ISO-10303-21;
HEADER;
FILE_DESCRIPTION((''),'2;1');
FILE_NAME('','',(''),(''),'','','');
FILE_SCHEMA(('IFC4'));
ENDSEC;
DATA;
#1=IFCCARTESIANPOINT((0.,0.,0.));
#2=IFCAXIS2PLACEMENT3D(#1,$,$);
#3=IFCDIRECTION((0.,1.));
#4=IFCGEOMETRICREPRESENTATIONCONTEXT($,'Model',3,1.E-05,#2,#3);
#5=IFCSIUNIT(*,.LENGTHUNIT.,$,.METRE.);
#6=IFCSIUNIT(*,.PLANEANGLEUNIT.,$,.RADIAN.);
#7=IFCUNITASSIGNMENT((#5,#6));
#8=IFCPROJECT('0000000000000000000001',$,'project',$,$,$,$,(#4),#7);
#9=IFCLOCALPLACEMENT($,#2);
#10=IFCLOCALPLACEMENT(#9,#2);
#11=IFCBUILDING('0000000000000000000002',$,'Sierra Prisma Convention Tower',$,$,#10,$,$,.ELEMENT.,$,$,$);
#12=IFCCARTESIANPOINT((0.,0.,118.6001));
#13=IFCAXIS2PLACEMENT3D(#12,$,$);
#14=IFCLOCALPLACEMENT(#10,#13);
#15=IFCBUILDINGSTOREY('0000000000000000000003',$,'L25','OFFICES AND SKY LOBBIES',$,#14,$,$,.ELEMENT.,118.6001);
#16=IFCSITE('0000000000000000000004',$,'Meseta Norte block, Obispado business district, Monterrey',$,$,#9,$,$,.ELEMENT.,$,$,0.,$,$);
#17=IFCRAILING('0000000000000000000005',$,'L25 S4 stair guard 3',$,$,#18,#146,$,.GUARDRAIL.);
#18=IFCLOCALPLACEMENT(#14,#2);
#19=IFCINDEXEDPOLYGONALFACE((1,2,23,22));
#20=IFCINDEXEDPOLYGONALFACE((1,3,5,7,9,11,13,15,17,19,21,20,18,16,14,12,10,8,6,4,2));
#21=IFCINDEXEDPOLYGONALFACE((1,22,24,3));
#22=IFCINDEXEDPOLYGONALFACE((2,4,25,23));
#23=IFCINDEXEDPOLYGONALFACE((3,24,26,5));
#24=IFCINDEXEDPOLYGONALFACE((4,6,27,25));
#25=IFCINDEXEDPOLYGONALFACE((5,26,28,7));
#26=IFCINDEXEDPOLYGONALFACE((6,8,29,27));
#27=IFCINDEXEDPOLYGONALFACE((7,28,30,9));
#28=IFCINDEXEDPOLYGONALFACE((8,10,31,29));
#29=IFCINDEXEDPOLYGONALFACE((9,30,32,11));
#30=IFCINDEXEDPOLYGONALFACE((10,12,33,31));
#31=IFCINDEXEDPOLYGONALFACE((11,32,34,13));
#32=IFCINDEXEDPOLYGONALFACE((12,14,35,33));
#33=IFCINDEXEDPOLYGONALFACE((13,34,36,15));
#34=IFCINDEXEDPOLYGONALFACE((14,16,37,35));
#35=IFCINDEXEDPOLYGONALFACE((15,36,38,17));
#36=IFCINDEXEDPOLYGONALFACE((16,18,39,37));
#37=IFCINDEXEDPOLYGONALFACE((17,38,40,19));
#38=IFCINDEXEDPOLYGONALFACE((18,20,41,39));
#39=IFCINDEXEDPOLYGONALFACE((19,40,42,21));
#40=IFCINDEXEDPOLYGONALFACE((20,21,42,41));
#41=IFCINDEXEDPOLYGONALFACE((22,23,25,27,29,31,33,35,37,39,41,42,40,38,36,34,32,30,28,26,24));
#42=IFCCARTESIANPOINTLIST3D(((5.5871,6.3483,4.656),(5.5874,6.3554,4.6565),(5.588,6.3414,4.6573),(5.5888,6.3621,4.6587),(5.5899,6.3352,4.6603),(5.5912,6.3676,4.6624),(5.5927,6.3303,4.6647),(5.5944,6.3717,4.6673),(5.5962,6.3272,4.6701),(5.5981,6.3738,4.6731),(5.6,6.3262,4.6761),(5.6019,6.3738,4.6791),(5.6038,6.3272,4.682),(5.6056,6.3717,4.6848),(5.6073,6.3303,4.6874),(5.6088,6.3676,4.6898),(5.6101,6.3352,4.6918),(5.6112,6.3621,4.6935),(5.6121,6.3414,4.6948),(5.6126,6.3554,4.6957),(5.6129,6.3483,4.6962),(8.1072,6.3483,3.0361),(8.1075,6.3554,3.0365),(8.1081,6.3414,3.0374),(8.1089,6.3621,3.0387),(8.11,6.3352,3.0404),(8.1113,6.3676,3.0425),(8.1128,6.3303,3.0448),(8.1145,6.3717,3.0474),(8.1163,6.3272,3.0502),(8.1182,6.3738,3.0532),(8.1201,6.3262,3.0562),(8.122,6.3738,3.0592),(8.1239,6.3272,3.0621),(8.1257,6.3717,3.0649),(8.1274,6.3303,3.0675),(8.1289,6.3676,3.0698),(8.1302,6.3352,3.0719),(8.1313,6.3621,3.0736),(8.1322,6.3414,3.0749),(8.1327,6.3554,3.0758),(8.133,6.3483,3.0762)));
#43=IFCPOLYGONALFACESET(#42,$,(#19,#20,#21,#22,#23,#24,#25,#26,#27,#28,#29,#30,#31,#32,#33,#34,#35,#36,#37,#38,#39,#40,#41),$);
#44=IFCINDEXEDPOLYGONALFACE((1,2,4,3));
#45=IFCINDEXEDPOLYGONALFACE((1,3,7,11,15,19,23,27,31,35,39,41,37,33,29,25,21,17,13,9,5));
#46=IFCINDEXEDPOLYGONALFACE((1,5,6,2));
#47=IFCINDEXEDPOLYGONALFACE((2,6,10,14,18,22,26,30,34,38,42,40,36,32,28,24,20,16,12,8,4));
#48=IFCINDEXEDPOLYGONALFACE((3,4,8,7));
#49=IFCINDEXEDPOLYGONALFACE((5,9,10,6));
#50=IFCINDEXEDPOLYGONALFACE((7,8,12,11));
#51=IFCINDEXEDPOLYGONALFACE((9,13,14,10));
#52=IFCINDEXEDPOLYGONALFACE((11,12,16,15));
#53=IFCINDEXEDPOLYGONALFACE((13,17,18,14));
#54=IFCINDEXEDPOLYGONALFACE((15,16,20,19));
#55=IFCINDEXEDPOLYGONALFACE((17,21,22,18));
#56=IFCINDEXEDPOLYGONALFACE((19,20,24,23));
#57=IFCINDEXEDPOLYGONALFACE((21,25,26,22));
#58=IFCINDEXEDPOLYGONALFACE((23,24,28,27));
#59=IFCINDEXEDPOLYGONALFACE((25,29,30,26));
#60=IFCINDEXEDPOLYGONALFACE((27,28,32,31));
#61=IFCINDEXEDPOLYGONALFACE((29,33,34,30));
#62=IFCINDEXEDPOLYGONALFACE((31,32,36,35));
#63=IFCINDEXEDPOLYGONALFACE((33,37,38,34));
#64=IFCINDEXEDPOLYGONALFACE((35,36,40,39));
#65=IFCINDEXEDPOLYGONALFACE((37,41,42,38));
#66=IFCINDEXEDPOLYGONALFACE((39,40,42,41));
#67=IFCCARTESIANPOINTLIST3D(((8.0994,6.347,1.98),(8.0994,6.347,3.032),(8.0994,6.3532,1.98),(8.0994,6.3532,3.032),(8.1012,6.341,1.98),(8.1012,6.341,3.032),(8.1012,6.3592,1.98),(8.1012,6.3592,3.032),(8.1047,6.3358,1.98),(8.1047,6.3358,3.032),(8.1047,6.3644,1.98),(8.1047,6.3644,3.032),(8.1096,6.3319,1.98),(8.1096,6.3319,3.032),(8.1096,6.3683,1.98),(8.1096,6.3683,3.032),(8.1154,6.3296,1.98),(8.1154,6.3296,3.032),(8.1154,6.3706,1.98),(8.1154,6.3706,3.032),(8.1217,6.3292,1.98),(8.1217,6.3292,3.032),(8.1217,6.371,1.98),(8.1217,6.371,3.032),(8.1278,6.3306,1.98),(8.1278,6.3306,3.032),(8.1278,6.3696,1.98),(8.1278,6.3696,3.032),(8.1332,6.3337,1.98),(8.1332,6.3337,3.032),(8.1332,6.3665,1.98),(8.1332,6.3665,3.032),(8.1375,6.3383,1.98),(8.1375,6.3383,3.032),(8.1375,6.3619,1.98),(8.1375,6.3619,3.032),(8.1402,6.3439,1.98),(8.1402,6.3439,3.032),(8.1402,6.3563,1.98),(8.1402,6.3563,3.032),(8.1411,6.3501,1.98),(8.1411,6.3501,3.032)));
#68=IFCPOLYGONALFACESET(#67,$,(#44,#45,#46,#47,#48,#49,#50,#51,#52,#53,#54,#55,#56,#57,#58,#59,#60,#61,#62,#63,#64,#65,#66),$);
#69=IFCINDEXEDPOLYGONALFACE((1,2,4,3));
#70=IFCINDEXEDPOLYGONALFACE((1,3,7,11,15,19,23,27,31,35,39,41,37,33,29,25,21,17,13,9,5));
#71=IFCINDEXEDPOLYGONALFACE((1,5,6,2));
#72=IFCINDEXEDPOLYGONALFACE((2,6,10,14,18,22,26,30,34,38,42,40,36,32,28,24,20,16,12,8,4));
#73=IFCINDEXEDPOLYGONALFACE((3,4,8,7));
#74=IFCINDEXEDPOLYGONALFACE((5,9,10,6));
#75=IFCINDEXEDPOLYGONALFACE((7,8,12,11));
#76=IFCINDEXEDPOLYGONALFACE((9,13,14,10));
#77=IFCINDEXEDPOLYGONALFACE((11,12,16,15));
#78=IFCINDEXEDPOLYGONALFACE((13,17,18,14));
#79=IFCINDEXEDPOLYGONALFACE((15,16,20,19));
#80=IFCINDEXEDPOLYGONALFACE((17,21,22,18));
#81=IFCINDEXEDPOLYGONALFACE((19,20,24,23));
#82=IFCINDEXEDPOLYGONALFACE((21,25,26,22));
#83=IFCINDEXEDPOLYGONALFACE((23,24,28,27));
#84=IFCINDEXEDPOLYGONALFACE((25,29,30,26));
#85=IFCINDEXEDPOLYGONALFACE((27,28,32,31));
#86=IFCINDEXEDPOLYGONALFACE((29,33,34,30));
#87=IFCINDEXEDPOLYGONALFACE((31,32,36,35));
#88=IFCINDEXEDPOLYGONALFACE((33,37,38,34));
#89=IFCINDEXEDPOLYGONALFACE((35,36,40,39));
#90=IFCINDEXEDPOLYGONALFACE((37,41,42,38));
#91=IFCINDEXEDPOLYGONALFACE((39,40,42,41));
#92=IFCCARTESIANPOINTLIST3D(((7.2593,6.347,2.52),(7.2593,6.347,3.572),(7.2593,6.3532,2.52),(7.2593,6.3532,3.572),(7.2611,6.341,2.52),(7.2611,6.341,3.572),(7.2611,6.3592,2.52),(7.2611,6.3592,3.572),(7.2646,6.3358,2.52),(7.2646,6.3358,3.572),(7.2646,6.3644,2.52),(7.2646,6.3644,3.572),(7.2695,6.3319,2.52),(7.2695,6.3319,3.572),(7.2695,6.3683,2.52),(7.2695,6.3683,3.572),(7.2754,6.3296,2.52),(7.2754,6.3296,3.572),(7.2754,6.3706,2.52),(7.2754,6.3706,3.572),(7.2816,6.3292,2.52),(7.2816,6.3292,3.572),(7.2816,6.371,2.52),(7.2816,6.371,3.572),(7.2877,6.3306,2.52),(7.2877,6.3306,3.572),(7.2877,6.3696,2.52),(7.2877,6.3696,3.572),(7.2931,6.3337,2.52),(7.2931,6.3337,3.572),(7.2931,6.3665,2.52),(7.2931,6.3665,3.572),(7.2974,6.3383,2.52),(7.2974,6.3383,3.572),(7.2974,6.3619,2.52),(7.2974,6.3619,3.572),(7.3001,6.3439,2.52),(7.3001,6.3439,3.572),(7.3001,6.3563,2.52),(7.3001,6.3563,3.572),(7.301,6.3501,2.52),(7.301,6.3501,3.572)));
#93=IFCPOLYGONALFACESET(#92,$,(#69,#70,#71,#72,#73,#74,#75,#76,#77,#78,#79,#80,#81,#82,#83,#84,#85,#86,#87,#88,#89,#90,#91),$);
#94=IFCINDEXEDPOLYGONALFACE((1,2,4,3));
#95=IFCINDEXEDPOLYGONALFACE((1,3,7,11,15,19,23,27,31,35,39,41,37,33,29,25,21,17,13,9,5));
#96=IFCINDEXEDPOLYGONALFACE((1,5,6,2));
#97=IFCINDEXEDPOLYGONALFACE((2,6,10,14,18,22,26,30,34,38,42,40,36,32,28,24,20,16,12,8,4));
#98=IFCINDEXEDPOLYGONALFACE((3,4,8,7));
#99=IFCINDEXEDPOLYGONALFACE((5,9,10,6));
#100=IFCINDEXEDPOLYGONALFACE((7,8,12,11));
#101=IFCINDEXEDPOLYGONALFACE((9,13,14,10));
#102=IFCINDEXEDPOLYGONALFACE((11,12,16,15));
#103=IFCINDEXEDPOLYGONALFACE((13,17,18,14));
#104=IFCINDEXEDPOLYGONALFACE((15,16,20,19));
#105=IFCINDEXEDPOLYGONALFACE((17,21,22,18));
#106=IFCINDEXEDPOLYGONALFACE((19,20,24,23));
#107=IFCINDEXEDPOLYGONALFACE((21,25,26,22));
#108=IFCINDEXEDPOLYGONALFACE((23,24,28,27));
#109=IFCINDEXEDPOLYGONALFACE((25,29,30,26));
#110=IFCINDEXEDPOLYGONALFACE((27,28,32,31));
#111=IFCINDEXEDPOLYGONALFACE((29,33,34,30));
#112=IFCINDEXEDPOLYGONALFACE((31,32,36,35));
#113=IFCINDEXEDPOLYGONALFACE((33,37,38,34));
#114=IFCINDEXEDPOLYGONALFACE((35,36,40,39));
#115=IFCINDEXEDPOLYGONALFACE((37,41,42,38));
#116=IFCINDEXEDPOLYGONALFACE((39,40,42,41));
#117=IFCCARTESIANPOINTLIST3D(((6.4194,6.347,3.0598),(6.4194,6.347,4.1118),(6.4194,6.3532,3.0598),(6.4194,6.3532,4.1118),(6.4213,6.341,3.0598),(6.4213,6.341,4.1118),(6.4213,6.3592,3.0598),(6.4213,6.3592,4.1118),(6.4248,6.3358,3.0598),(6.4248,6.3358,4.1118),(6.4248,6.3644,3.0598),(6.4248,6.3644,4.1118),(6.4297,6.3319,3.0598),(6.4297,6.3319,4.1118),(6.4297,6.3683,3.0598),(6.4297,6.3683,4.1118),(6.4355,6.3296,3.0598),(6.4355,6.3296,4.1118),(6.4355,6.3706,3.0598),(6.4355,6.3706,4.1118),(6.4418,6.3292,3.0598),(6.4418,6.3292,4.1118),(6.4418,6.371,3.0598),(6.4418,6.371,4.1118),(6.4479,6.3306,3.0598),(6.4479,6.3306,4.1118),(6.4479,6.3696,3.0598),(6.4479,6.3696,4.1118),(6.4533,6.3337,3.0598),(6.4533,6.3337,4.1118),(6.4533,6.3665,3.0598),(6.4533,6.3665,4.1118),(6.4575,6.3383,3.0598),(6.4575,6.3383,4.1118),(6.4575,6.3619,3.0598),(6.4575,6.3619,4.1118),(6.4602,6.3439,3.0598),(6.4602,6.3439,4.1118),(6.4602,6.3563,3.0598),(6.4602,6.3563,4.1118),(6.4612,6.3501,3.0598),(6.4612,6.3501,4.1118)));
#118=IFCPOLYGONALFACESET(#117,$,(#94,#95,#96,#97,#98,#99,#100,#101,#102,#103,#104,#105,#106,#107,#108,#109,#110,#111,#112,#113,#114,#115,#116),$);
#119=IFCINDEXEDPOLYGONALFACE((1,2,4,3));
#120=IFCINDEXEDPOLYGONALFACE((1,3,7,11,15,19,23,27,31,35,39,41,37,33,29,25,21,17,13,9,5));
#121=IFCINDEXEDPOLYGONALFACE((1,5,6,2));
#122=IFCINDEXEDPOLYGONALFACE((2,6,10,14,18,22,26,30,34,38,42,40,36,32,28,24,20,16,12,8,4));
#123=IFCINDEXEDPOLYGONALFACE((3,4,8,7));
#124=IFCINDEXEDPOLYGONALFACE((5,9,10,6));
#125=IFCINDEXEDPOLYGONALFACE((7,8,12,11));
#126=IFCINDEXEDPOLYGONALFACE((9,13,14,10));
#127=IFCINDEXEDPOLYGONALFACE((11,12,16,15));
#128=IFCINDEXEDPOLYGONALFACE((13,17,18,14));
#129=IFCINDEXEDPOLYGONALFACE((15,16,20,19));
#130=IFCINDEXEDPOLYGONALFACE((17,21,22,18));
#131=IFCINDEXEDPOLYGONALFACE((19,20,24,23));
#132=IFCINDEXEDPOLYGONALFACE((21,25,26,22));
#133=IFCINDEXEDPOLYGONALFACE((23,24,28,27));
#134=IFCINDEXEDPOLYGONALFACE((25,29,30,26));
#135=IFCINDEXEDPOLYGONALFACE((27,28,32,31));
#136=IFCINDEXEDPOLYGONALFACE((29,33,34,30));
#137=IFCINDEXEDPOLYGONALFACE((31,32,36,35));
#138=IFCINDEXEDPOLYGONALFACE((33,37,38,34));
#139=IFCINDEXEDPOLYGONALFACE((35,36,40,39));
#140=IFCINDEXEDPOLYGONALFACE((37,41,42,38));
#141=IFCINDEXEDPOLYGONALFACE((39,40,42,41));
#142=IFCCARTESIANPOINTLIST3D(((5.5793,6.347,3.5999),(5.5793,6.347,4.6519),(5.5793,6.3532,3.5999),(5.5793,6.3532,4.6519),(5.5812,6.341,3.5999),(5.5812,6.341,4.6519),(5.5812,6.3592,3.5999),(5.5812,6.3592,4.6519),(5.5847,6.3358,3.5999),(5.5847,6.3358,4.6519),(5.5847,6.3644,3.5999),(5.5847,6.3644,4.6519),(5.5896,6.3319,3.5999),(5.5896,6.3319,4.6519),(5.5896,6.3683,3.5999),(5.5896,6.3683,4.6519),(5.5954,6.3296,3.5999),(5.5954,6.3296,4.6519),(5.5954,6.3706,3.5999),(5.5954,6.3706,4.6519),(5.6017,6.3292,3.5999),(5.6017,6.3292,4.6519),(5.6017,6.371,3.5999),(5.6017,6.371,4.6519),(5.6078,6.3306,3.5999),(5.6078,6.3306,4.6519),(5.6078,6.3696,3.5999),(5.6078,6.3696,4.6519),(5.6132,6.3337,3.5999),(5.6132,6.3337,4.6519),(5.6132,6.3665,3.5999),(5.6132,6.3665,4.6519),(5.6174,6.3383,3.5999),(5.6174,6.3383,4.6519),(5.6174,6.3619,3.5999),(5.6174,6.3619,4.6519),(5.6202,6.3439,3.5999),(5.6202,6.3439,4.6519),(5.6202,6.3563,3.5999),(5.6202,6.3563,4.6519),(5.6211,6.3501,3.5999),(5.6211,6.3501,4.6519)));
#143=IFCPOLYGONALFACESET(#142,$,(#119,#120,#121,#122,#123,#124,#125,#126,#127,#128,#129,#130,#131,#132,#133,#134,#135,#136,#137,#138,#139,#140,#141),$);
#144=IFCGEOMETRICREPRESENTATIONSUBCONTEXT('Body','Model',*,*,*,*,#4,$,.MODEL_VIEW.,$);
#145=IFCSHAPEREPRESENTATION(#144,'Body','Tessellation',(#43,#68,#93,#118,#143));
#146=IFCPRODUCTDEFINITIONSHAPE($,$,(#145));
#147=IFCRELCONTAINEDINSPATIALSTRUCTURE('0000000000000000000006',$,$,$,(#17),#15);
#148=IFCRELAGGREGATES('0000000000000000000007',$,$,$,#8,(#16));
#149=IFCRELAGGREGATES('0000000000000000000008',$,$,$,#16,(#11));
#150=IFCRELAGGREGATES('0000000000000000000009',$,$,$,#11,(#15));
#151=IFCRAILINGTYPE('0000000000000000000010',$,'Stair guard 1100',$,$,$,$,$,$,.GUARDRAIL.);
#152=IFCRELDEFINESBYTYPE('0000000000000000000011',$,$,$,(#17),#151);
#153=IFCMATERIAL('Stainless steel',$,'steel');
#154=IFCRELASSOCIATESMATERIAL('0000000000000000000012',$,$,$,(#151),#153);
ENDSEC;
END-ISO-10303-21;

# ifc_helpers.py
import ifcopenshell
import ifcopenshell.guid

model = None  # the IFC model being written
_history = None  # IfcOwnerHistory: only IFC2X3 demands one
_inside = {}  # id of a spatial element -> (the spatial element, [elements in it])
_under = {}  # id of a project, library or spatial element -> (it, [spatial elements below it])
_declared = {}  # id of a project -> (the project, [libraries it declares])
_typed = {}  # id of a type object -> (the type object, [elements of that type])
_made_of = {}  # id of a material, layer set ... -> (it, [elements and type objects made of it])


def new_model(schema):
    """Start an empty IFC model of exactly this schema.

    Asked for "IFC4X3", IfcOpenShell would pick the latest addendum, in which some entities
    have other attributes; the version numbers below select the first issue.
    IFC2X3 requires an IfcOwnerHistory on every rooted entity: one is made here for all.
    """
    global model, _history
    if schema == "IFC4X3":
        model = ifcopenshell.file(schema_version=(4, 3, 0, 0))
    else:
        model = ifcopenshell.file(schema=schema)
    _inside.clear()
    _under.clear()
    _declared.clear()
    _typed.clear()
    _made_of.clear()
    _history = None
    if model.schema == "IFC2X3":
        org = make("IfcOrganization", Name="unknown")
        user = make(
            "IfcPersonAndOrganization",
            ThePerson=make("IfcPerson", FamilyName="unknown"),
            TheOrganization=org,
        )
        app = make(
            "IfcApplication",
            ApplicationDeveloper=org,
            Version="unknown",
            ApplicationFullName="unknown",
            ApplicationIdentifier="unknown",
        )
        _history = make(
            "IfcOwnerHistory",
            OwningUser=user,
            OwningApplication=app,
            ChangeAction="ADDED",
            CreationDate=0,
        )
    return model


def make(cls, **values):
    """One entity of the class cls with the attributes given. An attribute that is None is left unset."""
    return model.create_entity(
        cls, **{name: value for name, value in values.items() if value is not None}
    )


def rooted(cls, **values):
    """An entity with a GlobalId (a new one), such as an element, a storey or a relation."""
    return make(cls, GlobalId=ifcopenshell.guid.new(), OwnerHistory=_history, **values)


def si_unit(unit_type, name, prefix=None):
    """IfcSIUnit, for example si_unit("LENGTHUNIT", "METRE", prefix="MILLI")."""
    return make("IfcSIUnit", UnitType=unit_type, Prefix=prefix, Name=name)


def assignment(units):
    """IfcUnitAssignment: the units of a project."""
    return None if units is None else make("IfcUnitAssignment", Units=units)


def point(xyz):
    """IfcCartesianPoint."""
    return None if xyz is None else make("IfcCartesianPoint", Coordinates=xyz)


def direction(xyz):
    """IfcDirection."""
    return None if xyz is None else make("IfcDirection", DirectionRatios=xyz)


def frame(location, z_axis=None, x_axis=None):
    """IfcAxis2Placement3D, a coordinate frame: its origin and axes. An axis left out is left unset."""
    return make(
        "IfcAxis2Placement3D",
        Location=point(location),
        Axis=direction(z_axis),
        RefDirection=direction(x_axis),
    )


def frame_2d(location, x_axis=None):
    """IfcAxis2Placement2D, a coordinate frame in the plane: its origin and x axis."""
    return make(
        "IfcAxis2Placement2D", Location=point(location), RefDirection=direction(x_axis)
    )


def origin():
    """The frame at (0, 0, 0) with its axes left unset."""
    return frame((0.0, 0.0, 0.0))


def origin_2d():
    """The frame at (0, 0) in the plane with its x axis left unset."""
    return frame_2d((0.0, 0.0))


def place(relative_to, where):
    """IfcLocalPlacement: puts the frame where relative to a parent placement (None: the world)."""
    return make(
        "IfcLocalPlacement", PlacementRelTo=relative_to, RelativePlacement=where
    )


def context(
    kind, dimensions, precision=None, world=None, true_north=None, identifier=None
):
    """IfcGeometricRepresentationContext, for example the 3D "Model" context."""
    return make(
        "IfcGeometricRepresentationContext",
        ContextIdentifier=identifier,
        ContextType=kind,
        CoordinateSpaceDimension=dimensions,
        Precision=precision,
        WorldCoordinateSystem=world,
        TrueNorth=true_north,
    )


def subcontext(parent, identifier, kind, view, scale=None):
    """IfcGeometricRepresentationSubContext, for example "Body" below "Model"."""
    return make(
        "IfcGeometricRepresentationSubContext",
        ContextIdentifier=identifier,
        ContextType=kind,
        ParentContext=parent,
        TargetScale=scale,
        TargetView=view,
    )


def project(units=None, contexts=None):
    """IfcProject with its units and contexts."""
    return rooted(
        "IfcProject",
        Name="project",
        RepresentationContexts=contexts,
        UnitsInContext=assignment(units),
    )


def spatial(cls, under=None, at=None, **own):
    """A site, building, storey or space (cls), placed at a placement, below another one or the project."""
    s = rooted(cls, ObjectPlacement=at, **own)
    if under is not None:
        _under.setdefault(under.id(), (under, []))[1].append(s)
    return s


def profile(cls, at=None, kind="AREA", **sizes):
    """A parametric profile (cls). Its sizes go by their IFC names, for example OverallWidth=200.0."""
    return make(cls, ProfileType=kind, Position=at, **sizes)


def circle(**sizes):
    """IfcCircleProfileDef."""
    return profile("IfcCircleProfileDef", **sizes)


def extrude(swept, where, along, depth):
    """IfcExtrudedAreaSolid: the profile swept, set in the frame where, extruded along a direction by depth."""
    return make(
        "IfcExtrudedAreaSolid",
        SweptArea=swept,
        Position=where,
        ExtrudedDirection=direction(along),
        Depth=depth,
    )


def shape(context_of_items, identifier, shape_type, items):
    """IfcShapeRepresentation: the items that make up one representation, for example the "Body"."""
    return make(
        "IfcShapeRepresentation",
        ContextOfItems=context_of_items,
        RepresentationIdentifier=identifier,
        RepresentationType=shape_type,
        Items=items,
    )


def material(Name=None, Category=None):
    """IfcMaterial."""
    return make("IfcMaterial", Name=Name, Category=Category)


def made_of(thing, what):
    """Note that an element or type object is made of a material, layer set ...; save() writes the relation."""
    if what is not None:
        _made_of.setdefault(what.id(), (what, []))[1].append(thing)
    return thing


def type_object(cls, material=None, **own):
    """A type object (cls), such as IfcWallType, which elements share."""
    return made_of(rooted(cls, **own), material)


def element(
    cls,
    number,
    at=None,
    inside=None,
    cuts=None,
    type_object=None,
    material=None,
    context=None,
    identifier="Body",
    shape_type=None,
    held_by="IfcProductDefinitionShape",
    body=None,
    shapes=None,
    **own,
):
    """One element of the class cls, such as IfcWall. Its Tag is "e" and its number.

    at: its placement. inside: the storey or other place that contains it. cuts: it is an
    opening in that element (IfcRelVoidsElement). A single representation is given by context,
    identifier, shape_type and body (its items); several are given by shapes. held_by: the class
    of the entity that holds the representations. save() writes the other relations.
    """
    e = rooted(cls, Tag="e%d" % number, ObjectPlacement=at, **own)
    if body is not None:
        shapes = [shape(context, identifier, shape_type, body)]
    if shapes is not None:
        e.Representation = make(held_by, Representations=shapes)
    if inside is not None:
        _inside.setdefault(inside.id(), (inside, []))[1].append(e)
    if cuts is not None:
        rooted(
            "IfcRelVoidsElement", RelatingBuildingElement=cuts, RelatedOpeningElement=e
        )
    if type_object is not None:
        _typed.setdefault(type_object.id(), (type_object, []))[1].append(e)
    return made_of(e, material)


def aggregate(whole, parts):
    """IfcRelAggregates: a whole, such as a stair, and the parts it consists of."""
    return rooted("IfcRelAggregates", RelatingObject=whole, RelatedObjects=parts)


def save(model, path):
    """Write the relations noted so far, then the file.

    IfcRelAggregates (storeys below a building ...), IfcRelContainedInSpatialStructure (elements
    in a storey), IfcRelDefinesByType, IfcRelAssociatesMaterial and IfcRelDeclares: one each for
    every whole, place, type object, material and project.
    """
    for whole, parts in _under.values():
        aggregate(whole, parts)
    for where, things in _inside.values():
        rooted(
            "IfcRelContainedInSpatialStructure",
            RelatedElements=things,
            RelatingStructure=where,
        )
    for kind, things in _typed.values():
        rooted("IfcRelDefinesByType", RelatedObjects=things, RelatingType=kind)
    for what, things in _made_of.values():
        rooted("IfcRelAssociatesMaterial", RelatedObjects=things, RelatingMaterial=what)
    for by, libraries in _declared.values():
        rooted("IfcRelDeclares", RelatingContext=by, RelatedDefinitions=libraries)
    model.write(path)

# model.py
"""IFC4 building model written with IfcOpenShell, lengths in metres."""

from ifc_helpers import new_model, si_unit, direction, frame, origin, origin_2d, place, context, subcontext, project, spatial, circle, extrude, material, type_object, element, save


model = new_model("IFC4")

# Units and contexts
model_context = context("Model", 3, precision=1e-05, world=origin(), true_north=direction((0.0, 1.0)))
body_context = subcontext(model_context, "Body", "Model", "MODEL_VIEW")
ifc_project = project(units=[si_unit("LENGTHUNIT", "METRE"), si_unit("PLANEANGLEUNIT", "RADIAN")], contexts=[model_context])

# Site, building, storey
site_placement = place(None, origin())
site = spatial("IfcSite", under=ifc_project, at=site_placement, Name="Meseta Norte block, Obispado business district, Monterrey", CompositionType="ELEMENT", RefElevation=0.0)
building_placement = place(site_placement, origin())
building = spatial("IfcBuilding", under=site, at=building_placement, Name="Sierra Prisma Convention Tower", CompositionType="ELEMENT")
storey_placement = place(building_placement, frame((0.0, 0.0, 118.6001)))
storey = spatial("IfcBuildingStorey", under=building, at=storey_placement, Name="L25", Description="OFFICES AND SKY LOBBIES", CompositionType="ELEMENT", Elevation=118.6001)

# Railing
ifc_material_1 = material(Name="Stainless steel", Category="steel")
railing_type = type_object("IfcRailingType", Name="Stair guard 1100", PredefinedType="GUARDRAIL", material=ifc_material_1)
railing_1_placement = place(storey_placement, frame((8.1201, 6.3501, 1.98)))
element("IfcRailing", 1, at=railing_1_placement, inside=storey, type_object=railing_type, Name="L25 S4 stair guard 3", PredefinedType="GUARDRAIL", context=body_context, shape_type="SweptSolid", body=[
    extrude(circle(Radius=0.0239, at=origin_2d()), frame((0.0, 0.0, 1.0762), z_axis=(-0.8412, 0.0, 0.540725), x_axis=(0.0, -1.0, 0.0)), (0.0, 0.0, 1.0), 2.9958),
    extrude(circle(Radius=0.021, at=origin_2d()), origin(), (0.0, 0.0, 1.0), 1.052),
    extrude(circle(Radius=0.021, at=origin_2d()), frame((-0.8401, 0.0, 0.54)), (0.0, 0.0, 1.0), 1.052),
    extrude(circle(Radius=0.021, at=origin_2d()), frame((-1.6799, 0.0, 1.0798)), (0.0, 0.0, 1.0), 1.052),
    extrude(circle(Radius=0.021, at=origin_2d()), frame((-2.52, 0.0, 1.6199)), (0.0, 0.0, 1.0), 1.052),
])

save(model, "model.ifc")
